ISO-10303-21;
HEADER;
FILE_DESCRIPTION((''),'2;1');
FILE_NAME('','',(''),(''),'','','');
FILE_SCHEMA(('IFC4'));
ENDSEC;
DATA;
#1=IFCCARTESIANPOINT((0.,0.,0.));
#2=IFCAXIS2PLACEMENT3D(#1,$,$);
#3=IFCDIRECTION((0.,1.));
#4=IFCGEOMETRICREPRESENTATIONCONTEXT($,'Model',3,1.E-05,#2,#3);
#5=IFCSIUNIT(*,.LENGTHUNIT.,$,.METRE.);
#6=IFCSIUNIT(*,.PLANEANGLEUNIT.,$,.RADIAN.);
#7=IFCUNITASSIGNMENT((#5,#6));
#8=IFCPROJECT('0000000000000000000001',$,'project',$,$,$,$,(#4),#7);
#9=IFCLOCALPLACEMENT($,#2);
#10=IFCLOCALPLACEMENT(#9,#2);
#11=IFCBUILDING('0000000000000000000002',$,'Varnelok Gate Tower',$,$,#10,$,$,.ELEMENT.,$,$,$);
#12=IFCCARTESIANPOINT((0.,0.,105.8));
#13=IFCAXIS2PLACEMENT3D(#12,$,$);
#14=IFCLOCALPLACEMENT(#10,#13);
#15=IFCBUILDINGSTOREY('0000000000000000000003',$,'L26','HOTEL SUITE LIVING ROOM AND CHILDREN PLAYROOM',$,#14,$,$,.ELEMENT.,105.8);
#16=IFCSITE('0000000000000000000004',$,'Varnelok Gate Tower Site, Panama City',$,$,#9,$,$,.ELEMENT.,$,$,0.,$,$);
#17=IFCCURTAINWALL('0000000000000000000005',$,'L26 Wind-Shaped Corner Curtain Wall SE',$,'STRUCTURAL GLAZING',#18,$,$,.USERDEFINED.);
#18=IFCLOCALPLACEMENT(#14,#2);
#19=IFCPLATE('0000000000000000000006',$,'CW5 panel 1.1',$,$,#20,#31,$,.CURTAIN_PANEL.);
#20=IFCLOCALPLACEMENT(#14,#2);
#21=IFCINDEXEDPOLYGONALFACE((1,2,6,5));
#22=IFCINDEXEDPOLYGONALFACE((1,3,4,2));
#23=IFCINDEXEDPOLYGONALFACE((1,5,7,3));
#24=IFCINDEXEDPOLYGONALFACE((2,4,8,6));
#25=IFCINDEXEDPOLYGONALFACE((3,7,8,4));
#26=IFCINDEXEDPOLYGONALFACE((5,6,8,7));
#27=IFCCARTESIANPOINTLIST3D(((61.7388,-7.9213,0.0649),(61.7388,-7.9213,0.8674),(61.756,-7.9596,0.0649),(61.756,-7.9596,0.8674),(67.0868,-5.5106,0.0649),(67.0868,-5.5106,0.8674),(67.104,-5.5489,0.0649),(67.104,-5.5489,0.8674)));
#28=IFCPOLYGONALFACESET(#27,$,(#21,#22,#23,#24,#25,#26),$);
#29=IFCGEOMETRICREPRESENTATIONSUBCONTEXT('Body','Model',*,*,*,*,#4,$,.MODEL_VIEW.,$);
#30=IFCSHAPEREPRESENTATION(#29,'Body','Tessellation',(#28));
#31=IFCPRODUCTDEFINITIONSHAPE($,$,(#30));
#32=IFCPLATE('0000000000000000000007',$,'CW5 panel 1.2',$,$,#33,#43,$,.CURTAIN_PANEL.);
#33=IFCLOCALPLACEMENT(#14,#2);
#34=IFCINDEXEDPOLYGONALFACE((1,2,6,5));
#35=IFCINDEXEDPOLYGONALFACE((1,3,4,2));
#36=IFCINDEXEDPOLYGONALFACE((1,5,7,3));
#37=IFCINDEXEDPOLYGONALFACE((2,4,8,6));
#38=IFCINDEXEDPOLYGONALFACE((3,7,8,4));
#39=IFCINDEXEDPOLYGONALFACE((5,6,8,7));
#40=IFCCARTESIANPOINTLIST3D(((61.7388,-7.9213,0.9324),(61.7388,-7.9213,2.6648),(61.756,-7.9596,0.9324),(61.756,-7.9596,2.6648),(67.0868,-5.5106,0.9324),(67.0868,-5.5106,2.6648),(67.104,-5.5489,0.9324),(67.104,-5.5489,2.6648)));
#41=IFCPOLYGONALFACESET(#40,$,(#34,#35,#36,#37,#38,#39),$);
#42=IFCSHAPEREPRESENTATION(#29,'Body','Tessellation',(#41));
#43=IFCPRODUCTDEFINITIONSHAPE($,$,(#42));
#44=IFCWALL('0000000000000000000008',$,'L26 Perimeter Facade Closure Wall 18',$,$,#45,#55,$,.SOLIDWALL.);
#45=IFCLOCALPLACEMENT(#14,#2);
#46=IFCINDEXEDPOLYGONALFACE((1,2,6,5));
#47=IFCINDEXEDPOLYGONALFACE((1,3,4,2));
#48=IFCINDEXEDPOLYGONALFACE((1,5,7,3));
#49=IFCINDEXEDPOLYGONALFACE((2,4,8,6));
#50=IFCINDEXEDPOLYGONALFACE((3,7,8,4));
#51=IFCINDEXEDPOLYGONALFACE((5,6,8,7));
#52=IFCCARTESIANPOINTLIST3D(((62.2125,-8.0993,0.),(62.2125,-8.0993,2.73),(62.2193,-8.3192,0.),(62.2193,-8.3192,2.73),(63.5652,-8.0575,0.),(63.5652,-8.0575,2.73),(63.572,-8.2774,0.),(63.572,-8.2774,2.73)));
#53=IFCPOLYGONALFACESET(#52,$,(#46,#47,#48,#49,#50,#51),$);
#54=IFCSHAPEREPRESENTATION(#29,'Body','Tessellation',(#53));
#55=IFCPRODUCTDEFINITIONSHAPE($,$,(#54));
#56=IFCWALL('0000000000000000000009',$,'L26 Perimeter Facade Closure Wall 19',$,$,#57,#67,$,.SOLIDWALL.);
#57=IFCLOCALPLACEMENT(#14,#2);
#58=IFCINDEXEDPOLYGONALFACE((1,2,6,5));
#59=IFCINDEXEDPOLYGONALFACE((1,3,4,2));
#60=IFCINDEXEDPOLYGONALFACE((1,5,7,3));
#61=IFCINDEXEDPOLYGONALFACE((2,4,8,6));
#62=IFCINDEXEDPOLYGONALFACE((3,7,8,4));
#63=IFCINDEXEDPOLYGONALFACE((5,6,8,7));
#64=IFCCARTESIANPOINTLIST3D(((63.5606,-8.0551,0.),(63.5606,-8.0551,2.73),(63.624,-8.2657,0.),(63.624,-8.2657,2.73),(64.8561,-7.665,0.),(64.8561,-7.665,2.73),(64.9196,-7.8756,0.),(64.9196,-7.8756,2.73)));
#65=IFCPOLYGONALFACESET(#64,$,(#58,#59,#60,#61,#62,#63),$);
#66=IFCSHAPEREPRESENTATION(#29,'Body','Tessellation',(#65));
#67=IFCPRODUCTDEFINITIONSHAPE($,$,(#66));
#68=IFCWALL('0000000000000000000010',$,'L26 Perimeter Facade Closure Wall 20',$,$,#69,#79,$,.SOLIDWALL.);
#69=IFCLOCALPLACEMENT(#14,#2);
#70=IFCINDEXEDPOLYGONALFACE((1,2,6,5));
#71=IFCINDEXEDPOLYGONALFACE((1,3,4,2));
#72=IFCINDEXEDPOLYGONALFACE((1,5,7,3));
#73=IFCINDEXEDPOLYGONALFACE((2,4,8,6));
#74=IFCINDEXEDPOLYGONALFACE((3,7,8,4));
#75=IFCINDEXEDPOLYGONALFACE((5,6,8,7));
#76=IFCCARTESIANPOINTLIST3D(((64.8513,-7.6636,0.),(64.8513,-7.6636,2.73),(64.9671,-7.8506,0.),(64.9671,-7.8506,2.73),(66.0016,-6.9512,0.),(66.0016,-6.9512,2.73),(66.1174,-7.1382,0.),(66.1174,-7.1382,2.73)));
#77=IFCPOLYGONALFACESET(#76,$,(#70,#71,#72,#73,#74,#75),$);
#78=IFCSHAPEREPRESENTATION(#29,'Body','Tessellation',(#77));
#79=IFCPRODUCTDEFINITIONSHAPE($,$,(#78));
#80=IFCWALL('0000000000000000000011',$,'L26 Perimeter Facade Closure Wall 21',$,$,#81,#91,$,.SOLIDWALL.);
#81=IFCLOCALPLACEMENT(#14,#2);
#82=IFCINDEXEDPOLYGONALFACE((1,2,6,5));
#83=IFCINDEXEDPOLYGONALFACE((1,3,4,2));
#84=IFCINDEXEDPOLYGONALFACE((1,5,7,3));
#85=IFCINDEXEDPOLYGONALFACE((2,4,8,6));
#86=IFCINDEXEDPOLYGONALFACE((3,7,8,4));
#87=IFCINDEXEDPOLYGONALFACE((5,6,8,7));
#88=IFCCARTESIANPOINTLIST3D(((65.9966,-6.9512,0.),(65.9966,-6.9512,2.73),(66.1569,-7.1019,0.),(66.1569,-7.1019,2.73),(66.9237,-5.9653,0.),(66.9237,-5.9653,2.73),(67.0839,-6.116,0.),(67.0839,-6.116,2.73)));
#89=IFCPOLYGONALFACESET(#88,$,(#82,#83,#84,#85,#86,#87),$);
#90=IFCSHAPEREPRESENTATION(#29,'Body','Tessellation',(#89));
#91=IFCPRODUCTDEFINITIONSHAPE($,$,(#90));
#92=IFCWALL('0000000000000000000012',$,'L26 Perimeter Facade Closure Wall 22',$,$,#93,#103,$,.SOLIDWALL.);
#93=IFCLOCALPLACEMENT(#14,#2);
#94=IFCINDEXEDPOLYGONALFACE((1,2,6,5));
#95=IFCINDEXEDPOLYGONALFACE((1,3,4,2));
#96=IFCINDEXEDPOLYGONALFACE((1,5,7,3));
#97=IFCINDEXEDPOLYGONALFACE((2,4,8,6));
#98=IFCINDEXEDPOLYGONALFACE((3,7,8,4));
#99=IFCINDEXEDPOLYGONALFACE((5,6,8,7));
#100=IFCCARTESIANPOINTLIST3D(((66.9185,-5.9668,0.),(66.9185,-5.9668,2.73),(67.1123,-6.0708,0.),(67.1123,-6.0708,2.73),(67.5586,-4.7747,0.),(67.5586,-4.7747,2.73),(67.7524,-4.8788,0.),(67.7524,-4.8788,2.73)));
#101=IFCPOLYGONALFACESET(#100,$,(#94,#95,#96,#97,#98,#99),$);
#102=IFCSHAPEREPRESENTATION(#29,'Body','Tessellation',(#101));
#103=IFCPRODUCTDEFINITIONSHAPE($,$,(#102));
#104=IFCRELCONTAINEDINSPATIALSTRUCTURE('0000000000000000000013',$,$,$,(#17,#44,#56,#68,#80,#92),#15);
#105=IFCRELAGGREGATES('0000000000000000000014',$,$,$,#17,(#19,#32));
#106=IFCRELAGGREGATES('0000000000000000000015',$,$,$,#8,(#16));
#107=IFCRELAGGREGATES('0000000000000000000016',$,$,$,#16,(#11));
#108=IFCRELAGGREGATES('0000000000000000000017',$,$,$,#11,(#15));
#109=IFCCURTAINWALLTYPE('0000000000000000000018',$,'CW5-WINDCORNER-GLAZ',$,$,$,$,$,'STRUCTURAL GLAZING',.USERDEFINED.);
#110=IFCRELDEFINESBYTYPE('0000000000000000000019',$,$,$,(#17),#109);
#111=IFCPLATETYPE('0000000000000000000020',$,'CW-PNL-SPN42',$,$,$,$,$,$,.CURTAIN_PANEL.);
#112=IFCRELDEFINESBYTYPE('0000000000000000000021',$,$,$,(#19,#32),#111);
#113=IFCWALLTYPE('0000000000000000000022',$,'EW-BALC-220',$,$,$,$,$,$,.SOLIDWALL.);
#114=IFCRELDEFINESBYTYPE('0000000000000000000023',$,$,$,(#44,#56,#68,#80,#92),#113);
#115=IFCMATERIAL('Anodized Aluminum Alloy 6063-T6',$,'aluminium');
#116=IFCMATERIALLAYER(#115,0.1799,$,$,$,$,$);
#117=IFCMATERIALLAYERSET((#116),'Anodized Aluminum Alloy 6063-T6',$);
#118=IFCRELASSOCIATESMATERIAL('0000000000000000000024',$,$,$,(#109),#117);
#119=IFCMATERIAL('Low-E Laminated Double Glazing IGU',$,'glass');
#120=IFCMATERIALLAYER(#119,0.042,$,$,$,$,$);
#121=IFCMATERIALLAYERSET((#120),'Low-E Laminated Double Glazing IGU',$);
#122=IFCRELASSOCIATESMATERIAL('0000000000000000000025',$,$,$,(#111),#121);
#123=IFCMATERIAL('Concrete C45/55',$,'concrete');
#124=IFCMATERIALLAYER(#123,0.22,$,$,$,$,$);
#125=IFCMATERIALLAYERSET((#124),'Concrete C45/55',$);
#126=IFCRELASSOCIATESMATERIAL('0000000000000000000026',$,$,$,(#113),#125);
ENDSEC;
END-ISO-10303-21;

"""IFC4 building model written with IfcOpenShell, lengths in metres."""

from ifc_helpers import new_model, si_unit, direction, frame, frame_2d, origin, origin_2d, place, context, subcontext, project, spatial, rectangle, extrude, source, transform, mapped, material, layer, layer_set, type_object, element, aggregate, save


model = new_model("IFC4")

# Units and contexts
model_context = context("Model", 3, precision=1e-05, world=origin(), true_north=direction((0.0, 1.0)))
body_context = subcontext(model_context, "Body", "Model", "MODEL_VIEW")
ifc_project = project(units=[si_unit("LENGTHUNIT", "METRE"), si_unit("PLANEANGLEUNIT", "RADIAN")], contexts=[model_context])

# Site, building, storey
site_placement = place(None, origin())
site = spatial("IfcSite", under=ifc_project, at=site_placement, Name="Varnelok Gate Tower Site, Panama City", CompositionType="ELEMENT", RefElevation=0.0)
building_placement = place(site_placement, origin())
building = spatial("IfcBuilding", under=site, at=building_placement, Name="Varnelok Gate Tower", CompositionType="ELEMENT")
storey_placement = place(building_placement, frame((0.0, 0.0, 105.8)))
storey = spatial("IfcBuildingStorey", under=building, at=storey_placement, Name="L26", Description="HOTEL SUITE LIVING ROOM AND CHILDREN PLAYROOM", CompositionType="ELEMENT", Elevation=105.8)

# Shared definitions
ifc_material_1 = material(Name="Anodized Aluminum Alloy 6063-T6", Category="aluminium")

# Curtain wall
ifc_layer_1 = layer(ifc_material_1, 0.1799)
ifc_layer_set_1 = layer_set([ifc_layer_1], Name="Anodized Aluminum Alloy 6063-T6")
curtain_wall_type_1 = type_object("IfcCurtainWallType", Name="CW5-WINDCORNER-GLAZ", ElementType="STRUCTURAL GLAZING", PredefinedType="USERDEFINED", material=ifc_layer_set_1)
curtain_wall_1_placement = place(storey_placement, origin())
curtain_wall_1 = element("IfcCurtainWall", 1, at=curtain_wall_1_placement, inside=storey, type_object=curtain_wall_type_1, Name="L26 Wind-Shaped Corner Curtain Wall SE", ObjectType="STRUCTURAL GLAZING", PredefinedType="USERDEFINED")

# Plates
ifc_material_2 = material(Name="Low-E Laminated Double Glazing IGU", Category="glass")
ifc_layer_2 = layer(ifc_material_2, 0.042)
ifc_layer_set_2 = layer_set([ifc_layer_2], Name="Low-E Laminated Double Glazing IGU")
plate_type_1 = type_object("IfcPlateType", Name="CW-PNL-SPN42", PredefinedType="CURTAIN_PANEL", material=ifc_layer_set_2)
shared_shape_1 = source(origin(), body_context, "Body", "SweptSolid", [
    extrude(rectangle(XDim=5.8662, YDim=0.042, at=origin_2d()), origin(), (0.0, 0.0, 1.0), 0.8025),
])
plate_1_placement = place(storey_placement, frame((64.4214, -6.7351, 0.0649), z_axis=(0.0, 0.0, 1.0), x_axis=(0.911661, 0.410944, 0.0)))
plate_1 = element("IfcPlate", 2, at=plate_1_placement, type_object=plate_type_1, Name="CW5 panel 1.1", PredefinedType="CURTAIN_PANEL", context=body_context, shape_type="MappedRepresentation", body=[
    mapped(shared_shape_1, transform((0.0, 0.0, 0.0), scale=1.0)),
])
shared_shape_2 = source(origin(), body_context, "Body", "SweptSolid", [
    extrude(rectangle(XDim=5.8662, YDim=0.042, at=origin_2d()), origin(), (0.0, 0.0, 1.0), 1.7324),
])
plate_2_placement = place(storey_placement, frame((64.4214, -6.7351, 0.9324), z_axis=(0.0, 0.0, 1.0), x_axis=(0.911661, 0.410944, 0.0)))
plate_2 = element("IfcPlate", 3, at=plate_2_placement, type_object=plate_type_1, Name="CW5 panel 1.2", PredefinedType="CURTAIN_PANEL", context=body_context, shape_type="MappedRepresentation", body=[
    mapped(shared_shape_2, transform((0.0, 0.0, 0.0), scale=1.0)),
])
aggregate(curtain_wall_1, [plate_1, plate_2])

# Walls
ifc_material_3 = material(Name="Concrete C45/55", Category="concrete")
ifc_layer_3 = layer(ifc_material_3, 0.22)
ifc_layer_set_3 = layer_set([ifc_layer_3], Name="Concrete C45/55")
wall_type = type_object("IfcWallType", Name="EW-BALC-220", PredefinedType="SOLIDWALL", material=ifc_layer_set_3)
wall_1_placement = place(storey_placement, frame((62.2158, -8.2092, 0.0), z_axis=(0.0, 0.0, 1.0), x_axis=(0.999524, 0.030852, 0.0)))
element("IfcWall", 4, at=wall_1_placement, inside=storey, type_object=wall_type, Name="L26 Perimeter Facade Closure Wall 18", PredefinedType="SOLIDWALL", context=body_context, shape_type="SweptSolid", body=[
    extrude(rectangle(XDim=1.3533, YDim=0.22, at=frame_2d((0.6768, 0.0))), origin(), (0.0, 0.0, 1.0), 2.73),
])
for number, where, z_axis, x_axis, name in (
    (5, (63.5923, -8.1604, 0.0), (0.0, 0.0, 1.0), (0.957533, 0.288324, 0.0), "L26 Perimeter Facade Closure Wall 19"),
    (6, (64.9092, -7.7571, 0.0), (0.0, 0.0, 1.0), (0.850181, 0.526491, 0.0), "L26 Perimeter Facade Closure Wall 20"),
):
    element("IfcWall", number, at=place(storey_placement, frame(where, z_axis=z_axis, x_axis=x_axis)), inside=storey, type_object=wall_type, Name=name, PredefinedType="SOLIDWALL", context=body_context, shape_type="SweptSolid", body=[
        extrude(rectangle(XDim=1.353, YDim=0.22, at=frame_2d((0.6765, 0.0))), origin(), (0.0, 0.0, 1.0), 2.73),
    ])
wall_2_placement = place(storey_placement, frame((66.0767, -7.0266, 0.0), z_axis=(0.0, 0.0, 1.0), x_axis=(0.685033, 0.728512, 0.0)))
element("IfcWall", 7, at=wall_2_placement, inside=storey, type_object=wall_type, Name="L26 Perimeter Facade Closure Wall 21", PredefinedType="SOLIDWALL", context=body_context, shape_type="SweptSolid", body=[
    extrude(rectangle(XDim=1.3533, YDim=0.22, at=frame_2d((0.6768, 0.0))), origin(), (0.0, 0.0, 1.0), 2.73),
])
wall_3_placement = place(storey_placement, frame((67.0154, -6.0188, 0.0), z_axis=(0.0, 0.0, 1.0), x_axis=(0.473077, 0.881021, 0.0)))
element("IfcWall", 8, at=wall_3_placement, inside=storey, type_object=wall_type, Name="L26 Perimeter Facade Closure Wall 22", PredefinedType="SOLIDWALL", context=body_context, shape_type="SweptSolid", body=[
    extrude(rectangle(XDim=1.353, YDim=0.22, at=frame_2d((0.6765, 0.0))), origin(), (0.0, 0.0, 1.0), 2.73),
])

save(model, "model.ifc")
